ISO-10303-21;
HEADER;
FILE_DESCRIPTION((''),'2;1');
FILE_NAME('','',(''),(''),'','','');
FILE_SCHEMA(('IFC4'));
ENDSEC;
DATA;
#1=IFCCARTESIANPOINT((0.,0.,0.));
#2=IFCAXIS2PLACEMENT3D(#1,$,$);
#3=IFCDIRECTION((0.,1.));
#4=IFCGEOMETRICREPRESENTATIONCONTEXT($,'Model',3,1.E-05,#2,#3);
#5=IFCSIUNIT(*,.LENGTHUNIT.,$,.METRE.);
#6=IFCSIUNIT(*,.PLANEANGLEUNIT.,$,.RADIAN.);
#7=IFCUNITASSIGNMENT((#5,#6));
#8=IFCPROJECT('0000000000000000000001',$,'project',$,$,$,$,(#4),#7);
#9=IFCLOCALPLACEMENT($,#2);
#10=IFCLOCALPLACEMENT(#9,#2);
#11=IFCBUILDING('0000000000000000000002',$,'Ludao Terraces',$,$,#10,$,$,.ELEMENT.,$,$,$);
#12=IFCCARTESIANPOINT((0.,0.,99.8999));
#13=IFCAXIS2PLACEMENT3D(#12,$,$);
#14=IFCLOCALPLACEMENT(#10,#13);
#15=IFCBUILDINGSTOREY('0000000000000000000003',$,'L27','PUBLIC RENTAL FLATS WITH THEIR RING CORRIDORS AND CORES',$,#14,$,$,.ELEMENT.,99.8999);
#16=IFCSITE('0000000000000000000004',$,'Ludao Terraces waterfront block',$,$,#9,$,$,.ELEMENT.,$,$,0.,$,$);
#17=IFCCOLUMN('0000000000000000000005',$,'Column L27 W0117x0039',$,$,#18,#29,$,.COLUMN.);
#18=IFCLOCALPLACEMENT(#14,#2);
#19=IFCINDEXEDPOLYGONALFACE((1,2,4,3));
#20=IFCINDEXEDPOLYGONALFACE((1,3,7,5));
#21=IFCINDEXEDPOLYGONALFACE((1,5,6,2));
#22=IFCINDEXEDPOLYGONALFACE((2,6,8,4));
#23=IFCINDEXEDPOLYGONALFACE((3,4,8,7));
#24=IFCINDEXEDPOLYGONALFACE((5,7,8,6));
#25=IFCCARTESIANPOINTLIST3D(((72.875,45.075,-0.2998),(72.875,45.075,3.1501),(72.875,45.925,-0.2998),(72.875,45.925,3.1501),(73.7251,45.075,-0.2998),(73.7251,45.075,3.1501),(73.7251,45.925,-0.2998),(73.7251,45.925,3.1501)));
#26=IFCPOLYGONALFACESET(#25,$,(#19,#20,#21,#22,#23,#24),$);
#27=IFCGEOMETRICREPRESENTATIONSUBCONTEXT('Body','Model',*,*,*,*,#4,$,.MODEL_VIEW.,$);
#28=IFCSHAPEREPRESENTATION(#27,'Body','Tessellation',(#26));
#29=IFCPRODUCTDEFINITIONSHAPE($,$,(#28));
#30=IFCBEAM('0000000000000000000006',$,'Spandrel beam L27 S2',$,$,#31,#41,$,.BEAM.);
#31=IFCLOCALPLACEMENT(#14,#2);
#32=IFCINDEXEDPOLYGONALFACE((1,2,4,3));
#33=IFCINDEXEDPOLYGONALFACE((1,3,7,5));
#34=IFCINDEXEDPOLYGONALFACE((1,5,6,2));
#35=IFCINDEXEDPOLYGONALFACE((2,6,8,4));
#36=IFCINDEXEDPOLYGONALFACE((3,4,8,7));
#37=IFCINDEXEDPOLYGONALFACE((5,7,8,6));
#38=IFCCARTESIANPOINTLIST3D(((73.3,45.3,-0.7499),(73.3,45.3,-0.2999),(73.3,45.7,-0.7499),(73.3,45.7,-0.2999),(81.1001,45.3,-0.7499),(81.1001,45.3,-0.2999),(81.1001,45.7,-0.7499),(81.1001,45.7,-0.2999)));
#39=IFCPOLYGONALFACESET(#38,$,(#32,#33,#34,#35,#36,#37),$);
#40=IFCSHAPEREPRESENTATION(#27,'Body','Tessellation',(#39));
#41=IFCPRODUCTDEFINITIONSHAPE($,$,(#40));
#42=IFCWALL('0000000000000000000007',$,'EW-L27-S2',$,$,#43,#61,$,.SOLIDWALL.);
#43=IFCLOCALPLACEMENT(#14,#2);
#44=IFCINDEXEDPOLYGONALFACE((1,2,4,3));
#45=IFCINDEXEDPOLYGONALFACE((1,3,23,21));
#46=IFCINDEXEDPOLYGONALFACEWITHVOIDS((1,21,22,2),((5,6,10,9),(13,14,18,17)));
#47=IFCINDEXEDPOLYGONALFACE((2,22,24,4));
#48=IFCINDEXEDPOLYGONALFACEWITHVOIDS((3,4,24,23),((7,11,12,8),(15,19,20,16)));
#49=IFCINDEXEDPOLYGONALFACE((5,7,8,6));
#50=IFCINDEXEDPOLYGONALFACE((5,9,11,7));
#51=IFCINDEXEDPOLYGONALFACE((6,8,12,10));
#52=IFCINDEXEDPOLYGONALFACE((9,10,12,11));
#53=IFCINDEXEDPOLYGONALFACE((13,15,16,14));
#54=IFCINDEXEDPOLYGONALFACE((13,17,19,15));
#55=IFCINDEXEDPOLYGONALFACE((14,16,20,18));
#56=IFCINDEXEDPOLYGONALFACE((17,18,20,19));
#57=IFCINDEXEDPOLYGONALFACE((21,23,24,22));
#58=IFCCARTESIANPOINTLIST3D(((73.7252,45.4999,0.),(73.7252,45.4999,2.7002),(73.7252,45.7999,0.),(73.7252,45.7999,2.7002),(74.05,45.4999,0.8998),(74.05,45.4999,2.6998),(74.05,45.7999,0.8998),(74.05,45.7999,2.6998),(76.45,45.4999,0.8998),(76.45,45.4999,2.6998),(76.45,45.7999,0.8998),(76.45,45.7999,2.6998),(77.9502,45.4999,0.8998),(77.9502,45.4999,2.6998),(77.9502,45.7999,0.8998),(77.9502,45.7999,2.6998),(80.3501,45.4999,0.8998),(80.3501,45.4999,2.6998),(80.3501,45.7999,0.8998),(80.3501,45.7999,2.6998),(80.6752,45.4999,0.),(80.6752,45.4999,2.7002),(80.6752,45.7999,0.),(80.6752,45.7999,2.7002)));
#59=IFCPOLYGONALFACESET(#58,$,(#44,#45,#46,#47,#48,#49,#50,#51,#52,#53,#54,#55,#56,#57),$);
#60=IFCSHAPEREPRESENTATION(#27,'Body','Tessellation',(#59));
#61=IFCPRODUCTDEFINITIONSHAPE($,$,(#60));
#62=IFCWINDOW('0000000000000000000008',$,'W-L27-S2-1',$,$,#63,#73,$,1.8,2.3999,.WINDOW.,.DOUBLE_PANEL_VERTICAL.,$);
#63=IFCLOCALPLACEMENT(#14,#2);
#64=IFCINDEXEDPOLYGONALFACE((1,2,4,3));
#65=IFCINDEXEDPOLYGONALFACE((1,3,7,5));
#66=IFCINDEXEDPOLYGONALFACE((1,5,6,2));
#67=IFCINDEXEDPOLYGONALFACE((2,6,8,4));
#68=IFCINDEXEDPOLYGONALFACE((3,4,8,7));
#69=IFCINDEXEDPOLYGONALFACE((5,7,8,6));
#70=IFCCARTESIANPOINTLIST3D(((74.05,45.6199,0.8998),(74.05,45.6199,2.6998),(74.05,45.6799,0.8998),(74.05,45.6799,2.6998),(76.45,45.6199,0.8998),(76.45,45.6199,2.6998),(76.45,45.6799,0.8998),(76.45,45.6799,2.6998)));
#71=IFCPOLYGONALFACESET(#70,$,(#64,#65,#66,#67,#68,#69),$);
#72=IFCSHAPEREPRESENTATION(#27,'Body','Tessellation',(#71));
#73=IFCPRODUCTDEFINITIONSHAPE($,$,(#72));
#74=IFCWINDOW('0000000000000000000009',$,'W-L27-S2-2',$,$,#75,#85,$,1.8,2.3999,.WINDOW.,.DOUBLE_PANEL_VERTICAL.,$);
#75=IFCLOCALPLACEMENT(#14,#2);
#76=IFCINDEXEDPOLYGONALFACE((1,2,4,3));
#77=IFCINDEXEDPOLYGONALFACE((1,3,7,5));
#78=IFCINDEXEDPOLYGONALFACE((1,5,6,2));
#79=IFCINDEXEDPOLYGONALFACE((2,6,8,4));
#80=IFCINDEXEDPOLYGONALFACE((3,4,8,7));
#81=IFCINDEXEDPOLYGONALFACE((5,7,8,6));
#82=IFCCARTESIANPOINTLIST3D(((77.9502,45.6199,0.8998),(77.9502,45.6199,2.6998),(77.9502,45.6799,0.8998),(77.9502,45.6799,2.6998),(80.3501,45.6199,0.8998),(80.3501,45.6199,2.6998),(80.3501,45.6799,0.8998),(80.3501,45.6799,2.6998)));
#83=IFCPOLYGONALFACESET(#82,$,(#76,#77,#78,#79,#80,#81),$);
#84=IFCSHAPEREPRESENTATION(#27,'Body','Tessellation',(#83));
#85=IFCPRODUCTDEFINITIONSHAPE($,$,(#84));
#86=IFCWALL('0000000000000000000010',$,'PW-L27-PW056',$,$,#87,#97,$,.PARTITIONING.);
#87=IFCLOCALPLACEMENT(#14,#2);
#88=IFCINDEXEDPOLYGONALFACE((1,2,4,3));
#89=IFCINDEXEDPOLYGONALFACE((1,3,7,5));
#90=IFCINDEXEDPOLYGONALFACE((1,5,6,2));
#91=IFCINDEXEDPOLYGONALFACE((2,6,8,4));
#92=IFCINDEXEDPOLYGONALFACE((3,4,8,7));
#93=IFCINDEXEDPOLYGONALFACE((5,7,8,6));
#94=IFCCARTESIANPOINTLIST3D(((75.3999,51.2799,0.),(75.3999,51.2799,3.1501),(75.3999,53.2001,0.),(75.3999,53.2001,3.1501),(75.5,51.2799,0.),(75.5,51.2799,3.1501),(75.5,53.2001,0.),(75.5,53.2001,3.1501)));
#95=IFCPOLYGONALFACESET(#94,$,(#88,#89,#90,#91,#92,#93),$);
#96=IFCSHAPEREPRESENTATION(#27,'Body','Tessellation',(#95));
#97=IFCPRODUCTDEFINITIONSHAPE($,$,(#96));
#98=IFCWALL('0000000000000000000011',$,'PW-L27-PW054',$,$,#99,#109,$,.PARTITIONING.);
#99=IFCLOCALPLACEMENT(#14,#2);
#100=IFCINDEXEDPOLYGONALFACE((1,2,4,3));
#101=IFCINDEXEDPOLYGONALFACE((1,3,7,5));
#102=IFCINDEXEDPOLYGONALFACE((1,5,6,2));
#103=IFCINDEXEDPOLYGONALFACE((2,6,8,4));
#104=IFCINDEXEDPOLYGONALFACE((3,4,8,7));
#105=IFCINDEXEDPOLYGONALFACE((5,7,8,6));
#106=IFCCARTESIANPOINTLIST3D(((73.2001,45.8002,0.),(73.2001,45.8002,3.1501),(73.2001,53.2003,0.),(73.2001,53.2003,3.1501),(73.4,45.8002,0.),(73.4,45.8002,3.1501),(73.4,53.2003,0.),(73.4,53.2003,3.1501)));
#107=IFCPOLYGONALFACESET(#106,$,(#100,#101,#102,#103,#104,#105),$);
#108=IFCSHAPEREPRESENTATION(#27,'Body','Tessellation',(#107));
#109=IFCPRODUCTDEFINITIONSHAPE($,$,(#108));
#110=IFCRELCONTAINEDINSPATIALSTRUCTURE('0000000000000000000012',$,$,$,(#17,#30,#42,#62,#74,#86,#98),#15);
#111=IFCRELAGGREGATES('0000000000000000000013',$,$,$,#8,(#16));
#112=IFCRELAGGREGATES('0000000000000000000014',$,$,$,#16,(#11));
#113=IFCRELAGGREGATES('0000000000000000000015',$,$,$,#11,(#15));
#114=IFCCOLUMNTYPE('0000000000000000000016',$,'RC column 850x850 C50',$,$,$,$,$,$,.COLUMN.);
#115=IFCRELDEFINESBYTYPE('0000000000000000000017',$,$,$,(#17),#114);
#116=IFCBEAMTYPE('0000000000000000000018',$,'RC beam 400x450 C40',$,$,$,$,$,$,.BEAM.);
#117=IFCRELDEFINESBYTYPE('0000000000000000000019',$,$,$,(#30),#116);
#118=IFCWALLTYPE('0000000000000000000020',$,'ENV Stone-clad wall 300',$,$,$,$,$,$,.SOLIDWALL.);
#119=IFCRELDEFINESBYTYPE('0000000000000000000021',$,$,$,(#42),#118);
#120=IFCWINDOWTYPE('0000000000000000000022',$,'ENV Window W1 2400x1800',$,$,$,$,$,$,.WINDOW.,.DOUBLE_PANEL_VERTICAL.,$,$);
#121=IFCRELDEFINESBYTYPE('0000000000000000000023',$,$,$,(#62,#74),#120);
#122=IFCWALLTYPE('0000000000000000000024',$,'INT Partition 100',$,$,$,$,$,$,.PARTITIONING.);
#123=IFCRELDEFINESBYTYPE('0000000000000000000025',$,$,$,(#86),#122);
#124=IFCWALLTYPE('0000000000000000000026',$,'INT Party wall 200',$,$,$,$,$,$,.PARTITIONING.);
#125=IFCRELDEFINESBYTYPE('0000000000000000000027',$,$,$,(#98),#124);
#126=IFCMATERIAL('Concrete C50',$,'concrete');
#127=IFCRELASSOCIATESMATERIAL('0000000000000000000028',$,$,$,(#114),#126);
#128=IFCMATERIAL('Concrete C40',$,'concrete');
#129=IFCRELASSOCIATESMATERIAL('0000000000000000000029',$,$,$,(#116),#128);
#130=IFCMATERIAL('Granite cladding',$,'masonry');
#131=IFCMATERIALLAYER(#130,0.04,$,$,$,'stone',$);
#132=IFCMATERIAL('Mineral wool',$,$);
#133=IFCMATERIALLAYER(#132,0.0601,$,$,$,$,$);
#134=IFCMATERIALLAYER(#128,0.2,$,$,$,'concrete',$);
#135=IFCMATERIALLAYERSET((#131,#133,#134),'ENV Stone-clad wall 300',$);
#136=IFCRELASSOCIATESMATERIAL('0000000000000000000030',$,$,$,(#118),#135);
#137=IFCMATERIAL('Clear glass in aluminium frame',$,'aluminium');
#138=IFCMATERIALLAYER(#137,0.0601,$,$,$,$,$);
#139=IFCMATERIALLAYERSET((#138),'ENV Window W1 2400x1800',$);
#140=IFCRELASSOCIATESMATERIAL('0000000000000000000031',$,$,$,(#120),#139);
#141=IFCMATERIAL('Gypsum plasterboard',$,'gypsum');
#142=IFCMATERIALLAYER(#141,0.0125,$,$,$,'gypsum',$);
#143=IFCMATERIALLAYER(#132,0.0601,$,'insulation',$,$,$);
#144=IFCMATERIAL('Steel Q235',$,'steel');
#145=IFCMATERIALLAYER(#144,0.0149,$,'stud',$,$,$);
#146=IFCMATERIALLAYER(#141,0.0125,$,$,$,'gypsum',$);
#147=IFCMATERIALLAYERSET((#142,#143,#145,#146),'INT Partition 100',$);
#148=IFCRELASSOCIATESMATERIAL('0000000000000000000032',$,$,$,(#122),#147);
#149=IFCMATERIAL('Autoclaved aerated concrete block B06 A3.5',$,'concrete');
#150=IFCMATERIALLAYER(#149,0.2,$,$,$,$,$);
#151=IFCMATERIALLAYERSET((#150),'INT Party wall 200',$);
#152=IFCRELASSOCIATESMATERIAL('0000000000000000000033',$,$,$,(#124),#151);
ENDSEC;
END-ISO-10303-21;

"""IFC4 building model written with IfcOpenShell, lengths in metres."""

from ifc_helpers import new_model, si_unit, direction, frame, frame_2d, origin, origin_2d, place, context, subcontext, project, spatial, rectangle, extrude, material, layer, layer_set, material_profile, profile_set, type_object, element, fill, save


model = new_model("IFC4")

# Units and contexts
model_context = context("Model", 3, precision=1e-05, world=origin(), true_north=direction((0.0, 1.0)))
body_context = subcontext(model_context, "Body", "Model", "MODEL_VIEW")
ifc_project = project(units=[si_unit("LENGTHUNIT", "METRE"), si_unit("PLANEANGLEUNIT", "RADIAN")], contexts=[model_context])

# Site, building, storey
site_placement = place(None, origin())
site = spatial("IfcSite", under=ifc_project, at=site_placement, Name="Ludao Terraces waterfront block", CompositionType="ELEMENT", RefElevation=0.0)
building_placement = place(site_placement, origin())
building = spatial("IfcBuilding", under=site, at=building_placement, Name="Ludao Terraces", CompositionType="ELEMENT")
storey_placement = place(building_placement, frame((0.0, 0.0, 99.8999)))
storey = spatial("IfcBuildingStorey", under=building, at=storey_placement, Name="L27", Description="PUBLIC RENTAL FLATS WITH THEIR RING CORRIDORS AND CORES", CompositionType="ELEMENT", Elevation=99.8999)

# Column
ifc_material_1 = material(Name="Concrete C50", Category="concrete")
ifc_material_profile_1 = material_profile(ifc_material_1, rectangle(XDim=0.8501, YDim=0.8501, at=origin_2d()), Name="850 X 850")
ifc_profile_set_1 = profile_set([ifc_material_profile_1], Name="Concrete C50")
column_type = type_object("IfcColumnType", Name="RC column 850x850 C50", PredefinedType="COLUMN", material=ifc_profile_set_1)
column_placement = place(storey_placement, frame((73.3, 45.5, -0.2998), z_axis=(0.0, 0.0, 1.0), x_axis=(1.0, 0.0, 0.0)))
element("IfcColumn", 1, at=column_placement, inside=storey, type_object=column_type, Name="Column L27 W0117x0039", PredefinedType="COLUMN", context=body_context, shape_type="SweptSolid", body=[
    extrude(rectangle(XDim=0.8501, YDim=0.8501, at=origin_2d()), origin(), (0.0, 0.0, 1.0), 3.45),
])

# Beam
ifc_material_2 = material(Name="Concrete C40", Category="concrete")
ifc_material_profile_2 = material_profile(ifc_material_2, rectangle(XDim=0.3999, YDim=0.45, at=origin_2d()), Name="400 X 450")
ifc_profile_set_2 = profile_set([ifc_material_profile_2], Name="Concrete C40")
beam_type = type_object("IfcBeamType", Name="RC beam 400x450 C40", PredefinedType="BEAM", material=ifc_profile_set_2)
beam_placement = place(storey_placement, frame((73.3, 45.5, -0.5249), z_axis=(1.0, 0.0, 0.0), x_axis=(0.0, 1.0, 0.0)))
element("IfcBeam", 2, at=beam_placement, inside=storey, type_object=beam_type, Name="Spandrel beam L27 S2", PredefinedType="BEAM", context=body_context, shape_type="SweptSolid", body=[
    extrude(rectangle(XDim=0.3999, YDim=0.45, at=origin_2d()), origin(), (0.0, 0.0, 1.0), 7.8),
])

# Wall, openings, windows
ifc_material_3 = material(Name="Granite cladding", Category="masonry")
ifc_layer_1 = layer(ifc_material_3, 0.04, Category="stone")
ifc_material_4 = material(Name="Mineral wool")
ifc_layer_2 = layer(ifc_material_4, 0.0601)
ifc_layer_3 = layer(ifc_material_2, 0.2, Category="concrete")
ifc_layer_set_1 = layer_set([ifc_layer_1, ifc_layer_2, ifc_layer_3], Name="ENV Stone-clad wall 300")
wall_type_1 = type_object("IfcWallType", Name="ENV Stone-clad wall 300", PredefinedType="SOLIDWALL", material=ifc_layer_set_1)
wall_1_placement = place(storey_placement, frame((73.7251, 45.6499, 0.0), z_axis=(0.0, 0.0, 1.0), x_axis=(1.0, 0.0, 0.0)))
wall_1 = element("IfcWall", 3, at=wall_1_placement, inside=storey, type_object=wall_type_1, Name="EW-L27-S2", PredefinedType="SOLIDWALL", context=body_context, shape_type="SweptSolid", body=[
    extrude(rectangle(XDim=6.95, YDim=0.3, at=frame_2d((3.4751, 0.0))), origin(), (0.0, 0.0, 1.0), 2.7002),
])
opening_1_placement = place(wall_1_placement, frame((0.325, 0.0, 0.8999)))
opening_1 = element("IfcOpeningElement", 4, at=opening_1_placement, cuts=wall_1, PredefinedType="OPENING", context=body_context, shape_type="SweptSolid", body=[
    extrude(rectangle(XDim=2.3999, YDim=1.8, at=frame_2d((1.2, 0.8999))), frame((0.0, 0.1602, 0.0), z_axis=(0.0, -1.0, 0.0), x_axis=(1.0, 0.0, 0.0)), (0.0, 0.0, 1.0), 0.3201),
])
opening_2_placement = place(wall_1_placement, frame((4.2251, 0.0, 0.8999)))
opening_2 = element("IfcOpeningElement", 5, at=opening_2_placement, cuts=wall_1, PredefinedType="OPENING", context=body_context, shape_type="SweptSolid", body=[
    extrude(rectangle(XDim=2.3999, YDim=1.8, at=frame_2d((1.2, 0.8999))), frame((0.0, 0.1602, 0.0), z_axis=(0.0, -1.0, 0.0), x_axis=(1.0, 0.0, 0.0)), (0.0, 0.0, 1.0), 0.3201),
])
ifc_material_5 = material(Name="Clear glass in aluminium frame", Category="aluminium")
ifc_layer_4 = layer(ifc_material_5, 0.0601)
ifc_layer_set_2 = layer_set([ifc_layer_4], Name="ENV Window W1 2400x1800")
window_type = type_object("IfcWindowType", Name="ENV Window W1 2400x1800", PartitioningType="DOUBLE_PANEL_VERTICAL", PredefinedType="WINDOW", material=ifc_layer_set_2)
window_1_placement = place(opening_1_placement, origin())
window_1 = element("IfcWindow", 6, at=window_1_placement, inside=storey, type_object=window_type, Name="W-L27-S2-1", OverallHeight=1.8, OverallWidth=2.3999, PartitioningType="DOUBLE_PANEL_VERTICAL", PredefinedType="WINDOW", context=body_context, shape_type="SweptSolid", body=[
    extrude(rectangle(XDim=2.3999, YDim=1.8, at=frame_2d((1.2, 0.8999))), frame((0.0, 0.03, 0.0), z_axis=(0.0, -1.0, 0.0), x_axis=(1.0, 0.0, 0.0)), (0.0, 0.0, 1.0), 0.0601),
])
fill(opening_1, window_1)
window_2_placement = place(opening_2_placement, origin())
window_2 = element("IfcWindow", 7, at=window_2_placement, inside=storey, type_object=window_type, Name="W-L27-S2-2", OverallHeight=1.8, OverallWidth=2.3999, PartitioningType="DOUBLE_PANEL_VERTICAL", PredefinedType="WINDOW", context=body_context, shape_type="SweptSolid", body=[
    extrude(rectangle(XDim=2.3999, YDim=1.8, at=frame_2d((1.2, 0.8999))), frame((0.0, 0.03, 0.0), z_axis=(0.0, -1.0, 0.0), x_axis=(1.0, 0.0, 0.0)), (0.0, 0.0, 1.0), 0.0601),
])
fill(opening_2, window_2)

# Walls
ifc_material_6 = material(Name="Gypsum plasterboard", Category="gypsum")
ifc_layer_5 = layer(ifc_material_6, 0.0125, Category="gypsum")
ifc_layer_6 = layer(ifc_material_4, 0.0601, Name="insulation")
ifc_material_7 = material(Name="Steel Q235", Category="steel")
ifc_layer_7 = layer(ifc_material_7, 0.0149, Name="stud")
ifc_layer_8 = layer(ifc_material_6, 0.0125, Category="gypsum")
ifc_layer_set_3 = layer_set([ifc_layer_5, ifc_layer_6, ifc_layer_7, ifc_layer_8], Name="INT Partition 100")
wall_type_2 = type_object("IfcWallType", Name="INT Partition 100", PredefinedType="PARTITIONING", material=ifc_layer_set_3)
wall_2_placement = place(storey_placement, frame((75.45, 51.28, 0.0), z_axis=(0.0, 0.0, 1.0), x_axis=(0.0, 1.0, 0.0)))
element("IfcWall", 8, at=wall_2_placement, inside=storey, type_object=wall_type_2, Name="PW-L27-PW056", PredefinedType="PARTITIONING", context=body_context, shape_type="SweptSolid", body=[
    extrude(rectangle(XDim=1.9202, YDim=0.1001, at=frame_2d((0.96, 0.0))), origin(), (0.0, 0.0, 1.0), 3.1501),
])
ifc_material_8 = material(Name="Autoclaved aerated concrete block B06 A3.5", Category="concrete")
ifc_layer_9 = layer(ifc_material_8, 0.2)
ifc_layer_set_4 = layer_set([ifc_layer_9], Name="INT Party wall 200")
wall_type_3 = type_object("IfcWallType", Name="INT Party wall 200", PredefinedType="PARTITIONING", material=ifc_layer_set_4)
wall_3_placement = place(storey_placement, frame((73.3, 45.8, 0.0), z_axis=(0.0, 0.0, 1.0), x_axis=(0.0, 1.0, 0.0)))
element("IfcWall", 9, at=wall_3_placement, inside=storey, type_object=wall_type_3, Name="PW-L27-PW054", PredefinedType="PARTITIONING", context=body_context, shape_type="SweptSolid", body=[
    extrude(rectangle(XDim=7.4001, YDim=0.2, at=frame_2d((3.7002, 0.0))), origin(), (0.0, 0.0, 1.0), 3.1501),
])

save(model, "model.ifc")
